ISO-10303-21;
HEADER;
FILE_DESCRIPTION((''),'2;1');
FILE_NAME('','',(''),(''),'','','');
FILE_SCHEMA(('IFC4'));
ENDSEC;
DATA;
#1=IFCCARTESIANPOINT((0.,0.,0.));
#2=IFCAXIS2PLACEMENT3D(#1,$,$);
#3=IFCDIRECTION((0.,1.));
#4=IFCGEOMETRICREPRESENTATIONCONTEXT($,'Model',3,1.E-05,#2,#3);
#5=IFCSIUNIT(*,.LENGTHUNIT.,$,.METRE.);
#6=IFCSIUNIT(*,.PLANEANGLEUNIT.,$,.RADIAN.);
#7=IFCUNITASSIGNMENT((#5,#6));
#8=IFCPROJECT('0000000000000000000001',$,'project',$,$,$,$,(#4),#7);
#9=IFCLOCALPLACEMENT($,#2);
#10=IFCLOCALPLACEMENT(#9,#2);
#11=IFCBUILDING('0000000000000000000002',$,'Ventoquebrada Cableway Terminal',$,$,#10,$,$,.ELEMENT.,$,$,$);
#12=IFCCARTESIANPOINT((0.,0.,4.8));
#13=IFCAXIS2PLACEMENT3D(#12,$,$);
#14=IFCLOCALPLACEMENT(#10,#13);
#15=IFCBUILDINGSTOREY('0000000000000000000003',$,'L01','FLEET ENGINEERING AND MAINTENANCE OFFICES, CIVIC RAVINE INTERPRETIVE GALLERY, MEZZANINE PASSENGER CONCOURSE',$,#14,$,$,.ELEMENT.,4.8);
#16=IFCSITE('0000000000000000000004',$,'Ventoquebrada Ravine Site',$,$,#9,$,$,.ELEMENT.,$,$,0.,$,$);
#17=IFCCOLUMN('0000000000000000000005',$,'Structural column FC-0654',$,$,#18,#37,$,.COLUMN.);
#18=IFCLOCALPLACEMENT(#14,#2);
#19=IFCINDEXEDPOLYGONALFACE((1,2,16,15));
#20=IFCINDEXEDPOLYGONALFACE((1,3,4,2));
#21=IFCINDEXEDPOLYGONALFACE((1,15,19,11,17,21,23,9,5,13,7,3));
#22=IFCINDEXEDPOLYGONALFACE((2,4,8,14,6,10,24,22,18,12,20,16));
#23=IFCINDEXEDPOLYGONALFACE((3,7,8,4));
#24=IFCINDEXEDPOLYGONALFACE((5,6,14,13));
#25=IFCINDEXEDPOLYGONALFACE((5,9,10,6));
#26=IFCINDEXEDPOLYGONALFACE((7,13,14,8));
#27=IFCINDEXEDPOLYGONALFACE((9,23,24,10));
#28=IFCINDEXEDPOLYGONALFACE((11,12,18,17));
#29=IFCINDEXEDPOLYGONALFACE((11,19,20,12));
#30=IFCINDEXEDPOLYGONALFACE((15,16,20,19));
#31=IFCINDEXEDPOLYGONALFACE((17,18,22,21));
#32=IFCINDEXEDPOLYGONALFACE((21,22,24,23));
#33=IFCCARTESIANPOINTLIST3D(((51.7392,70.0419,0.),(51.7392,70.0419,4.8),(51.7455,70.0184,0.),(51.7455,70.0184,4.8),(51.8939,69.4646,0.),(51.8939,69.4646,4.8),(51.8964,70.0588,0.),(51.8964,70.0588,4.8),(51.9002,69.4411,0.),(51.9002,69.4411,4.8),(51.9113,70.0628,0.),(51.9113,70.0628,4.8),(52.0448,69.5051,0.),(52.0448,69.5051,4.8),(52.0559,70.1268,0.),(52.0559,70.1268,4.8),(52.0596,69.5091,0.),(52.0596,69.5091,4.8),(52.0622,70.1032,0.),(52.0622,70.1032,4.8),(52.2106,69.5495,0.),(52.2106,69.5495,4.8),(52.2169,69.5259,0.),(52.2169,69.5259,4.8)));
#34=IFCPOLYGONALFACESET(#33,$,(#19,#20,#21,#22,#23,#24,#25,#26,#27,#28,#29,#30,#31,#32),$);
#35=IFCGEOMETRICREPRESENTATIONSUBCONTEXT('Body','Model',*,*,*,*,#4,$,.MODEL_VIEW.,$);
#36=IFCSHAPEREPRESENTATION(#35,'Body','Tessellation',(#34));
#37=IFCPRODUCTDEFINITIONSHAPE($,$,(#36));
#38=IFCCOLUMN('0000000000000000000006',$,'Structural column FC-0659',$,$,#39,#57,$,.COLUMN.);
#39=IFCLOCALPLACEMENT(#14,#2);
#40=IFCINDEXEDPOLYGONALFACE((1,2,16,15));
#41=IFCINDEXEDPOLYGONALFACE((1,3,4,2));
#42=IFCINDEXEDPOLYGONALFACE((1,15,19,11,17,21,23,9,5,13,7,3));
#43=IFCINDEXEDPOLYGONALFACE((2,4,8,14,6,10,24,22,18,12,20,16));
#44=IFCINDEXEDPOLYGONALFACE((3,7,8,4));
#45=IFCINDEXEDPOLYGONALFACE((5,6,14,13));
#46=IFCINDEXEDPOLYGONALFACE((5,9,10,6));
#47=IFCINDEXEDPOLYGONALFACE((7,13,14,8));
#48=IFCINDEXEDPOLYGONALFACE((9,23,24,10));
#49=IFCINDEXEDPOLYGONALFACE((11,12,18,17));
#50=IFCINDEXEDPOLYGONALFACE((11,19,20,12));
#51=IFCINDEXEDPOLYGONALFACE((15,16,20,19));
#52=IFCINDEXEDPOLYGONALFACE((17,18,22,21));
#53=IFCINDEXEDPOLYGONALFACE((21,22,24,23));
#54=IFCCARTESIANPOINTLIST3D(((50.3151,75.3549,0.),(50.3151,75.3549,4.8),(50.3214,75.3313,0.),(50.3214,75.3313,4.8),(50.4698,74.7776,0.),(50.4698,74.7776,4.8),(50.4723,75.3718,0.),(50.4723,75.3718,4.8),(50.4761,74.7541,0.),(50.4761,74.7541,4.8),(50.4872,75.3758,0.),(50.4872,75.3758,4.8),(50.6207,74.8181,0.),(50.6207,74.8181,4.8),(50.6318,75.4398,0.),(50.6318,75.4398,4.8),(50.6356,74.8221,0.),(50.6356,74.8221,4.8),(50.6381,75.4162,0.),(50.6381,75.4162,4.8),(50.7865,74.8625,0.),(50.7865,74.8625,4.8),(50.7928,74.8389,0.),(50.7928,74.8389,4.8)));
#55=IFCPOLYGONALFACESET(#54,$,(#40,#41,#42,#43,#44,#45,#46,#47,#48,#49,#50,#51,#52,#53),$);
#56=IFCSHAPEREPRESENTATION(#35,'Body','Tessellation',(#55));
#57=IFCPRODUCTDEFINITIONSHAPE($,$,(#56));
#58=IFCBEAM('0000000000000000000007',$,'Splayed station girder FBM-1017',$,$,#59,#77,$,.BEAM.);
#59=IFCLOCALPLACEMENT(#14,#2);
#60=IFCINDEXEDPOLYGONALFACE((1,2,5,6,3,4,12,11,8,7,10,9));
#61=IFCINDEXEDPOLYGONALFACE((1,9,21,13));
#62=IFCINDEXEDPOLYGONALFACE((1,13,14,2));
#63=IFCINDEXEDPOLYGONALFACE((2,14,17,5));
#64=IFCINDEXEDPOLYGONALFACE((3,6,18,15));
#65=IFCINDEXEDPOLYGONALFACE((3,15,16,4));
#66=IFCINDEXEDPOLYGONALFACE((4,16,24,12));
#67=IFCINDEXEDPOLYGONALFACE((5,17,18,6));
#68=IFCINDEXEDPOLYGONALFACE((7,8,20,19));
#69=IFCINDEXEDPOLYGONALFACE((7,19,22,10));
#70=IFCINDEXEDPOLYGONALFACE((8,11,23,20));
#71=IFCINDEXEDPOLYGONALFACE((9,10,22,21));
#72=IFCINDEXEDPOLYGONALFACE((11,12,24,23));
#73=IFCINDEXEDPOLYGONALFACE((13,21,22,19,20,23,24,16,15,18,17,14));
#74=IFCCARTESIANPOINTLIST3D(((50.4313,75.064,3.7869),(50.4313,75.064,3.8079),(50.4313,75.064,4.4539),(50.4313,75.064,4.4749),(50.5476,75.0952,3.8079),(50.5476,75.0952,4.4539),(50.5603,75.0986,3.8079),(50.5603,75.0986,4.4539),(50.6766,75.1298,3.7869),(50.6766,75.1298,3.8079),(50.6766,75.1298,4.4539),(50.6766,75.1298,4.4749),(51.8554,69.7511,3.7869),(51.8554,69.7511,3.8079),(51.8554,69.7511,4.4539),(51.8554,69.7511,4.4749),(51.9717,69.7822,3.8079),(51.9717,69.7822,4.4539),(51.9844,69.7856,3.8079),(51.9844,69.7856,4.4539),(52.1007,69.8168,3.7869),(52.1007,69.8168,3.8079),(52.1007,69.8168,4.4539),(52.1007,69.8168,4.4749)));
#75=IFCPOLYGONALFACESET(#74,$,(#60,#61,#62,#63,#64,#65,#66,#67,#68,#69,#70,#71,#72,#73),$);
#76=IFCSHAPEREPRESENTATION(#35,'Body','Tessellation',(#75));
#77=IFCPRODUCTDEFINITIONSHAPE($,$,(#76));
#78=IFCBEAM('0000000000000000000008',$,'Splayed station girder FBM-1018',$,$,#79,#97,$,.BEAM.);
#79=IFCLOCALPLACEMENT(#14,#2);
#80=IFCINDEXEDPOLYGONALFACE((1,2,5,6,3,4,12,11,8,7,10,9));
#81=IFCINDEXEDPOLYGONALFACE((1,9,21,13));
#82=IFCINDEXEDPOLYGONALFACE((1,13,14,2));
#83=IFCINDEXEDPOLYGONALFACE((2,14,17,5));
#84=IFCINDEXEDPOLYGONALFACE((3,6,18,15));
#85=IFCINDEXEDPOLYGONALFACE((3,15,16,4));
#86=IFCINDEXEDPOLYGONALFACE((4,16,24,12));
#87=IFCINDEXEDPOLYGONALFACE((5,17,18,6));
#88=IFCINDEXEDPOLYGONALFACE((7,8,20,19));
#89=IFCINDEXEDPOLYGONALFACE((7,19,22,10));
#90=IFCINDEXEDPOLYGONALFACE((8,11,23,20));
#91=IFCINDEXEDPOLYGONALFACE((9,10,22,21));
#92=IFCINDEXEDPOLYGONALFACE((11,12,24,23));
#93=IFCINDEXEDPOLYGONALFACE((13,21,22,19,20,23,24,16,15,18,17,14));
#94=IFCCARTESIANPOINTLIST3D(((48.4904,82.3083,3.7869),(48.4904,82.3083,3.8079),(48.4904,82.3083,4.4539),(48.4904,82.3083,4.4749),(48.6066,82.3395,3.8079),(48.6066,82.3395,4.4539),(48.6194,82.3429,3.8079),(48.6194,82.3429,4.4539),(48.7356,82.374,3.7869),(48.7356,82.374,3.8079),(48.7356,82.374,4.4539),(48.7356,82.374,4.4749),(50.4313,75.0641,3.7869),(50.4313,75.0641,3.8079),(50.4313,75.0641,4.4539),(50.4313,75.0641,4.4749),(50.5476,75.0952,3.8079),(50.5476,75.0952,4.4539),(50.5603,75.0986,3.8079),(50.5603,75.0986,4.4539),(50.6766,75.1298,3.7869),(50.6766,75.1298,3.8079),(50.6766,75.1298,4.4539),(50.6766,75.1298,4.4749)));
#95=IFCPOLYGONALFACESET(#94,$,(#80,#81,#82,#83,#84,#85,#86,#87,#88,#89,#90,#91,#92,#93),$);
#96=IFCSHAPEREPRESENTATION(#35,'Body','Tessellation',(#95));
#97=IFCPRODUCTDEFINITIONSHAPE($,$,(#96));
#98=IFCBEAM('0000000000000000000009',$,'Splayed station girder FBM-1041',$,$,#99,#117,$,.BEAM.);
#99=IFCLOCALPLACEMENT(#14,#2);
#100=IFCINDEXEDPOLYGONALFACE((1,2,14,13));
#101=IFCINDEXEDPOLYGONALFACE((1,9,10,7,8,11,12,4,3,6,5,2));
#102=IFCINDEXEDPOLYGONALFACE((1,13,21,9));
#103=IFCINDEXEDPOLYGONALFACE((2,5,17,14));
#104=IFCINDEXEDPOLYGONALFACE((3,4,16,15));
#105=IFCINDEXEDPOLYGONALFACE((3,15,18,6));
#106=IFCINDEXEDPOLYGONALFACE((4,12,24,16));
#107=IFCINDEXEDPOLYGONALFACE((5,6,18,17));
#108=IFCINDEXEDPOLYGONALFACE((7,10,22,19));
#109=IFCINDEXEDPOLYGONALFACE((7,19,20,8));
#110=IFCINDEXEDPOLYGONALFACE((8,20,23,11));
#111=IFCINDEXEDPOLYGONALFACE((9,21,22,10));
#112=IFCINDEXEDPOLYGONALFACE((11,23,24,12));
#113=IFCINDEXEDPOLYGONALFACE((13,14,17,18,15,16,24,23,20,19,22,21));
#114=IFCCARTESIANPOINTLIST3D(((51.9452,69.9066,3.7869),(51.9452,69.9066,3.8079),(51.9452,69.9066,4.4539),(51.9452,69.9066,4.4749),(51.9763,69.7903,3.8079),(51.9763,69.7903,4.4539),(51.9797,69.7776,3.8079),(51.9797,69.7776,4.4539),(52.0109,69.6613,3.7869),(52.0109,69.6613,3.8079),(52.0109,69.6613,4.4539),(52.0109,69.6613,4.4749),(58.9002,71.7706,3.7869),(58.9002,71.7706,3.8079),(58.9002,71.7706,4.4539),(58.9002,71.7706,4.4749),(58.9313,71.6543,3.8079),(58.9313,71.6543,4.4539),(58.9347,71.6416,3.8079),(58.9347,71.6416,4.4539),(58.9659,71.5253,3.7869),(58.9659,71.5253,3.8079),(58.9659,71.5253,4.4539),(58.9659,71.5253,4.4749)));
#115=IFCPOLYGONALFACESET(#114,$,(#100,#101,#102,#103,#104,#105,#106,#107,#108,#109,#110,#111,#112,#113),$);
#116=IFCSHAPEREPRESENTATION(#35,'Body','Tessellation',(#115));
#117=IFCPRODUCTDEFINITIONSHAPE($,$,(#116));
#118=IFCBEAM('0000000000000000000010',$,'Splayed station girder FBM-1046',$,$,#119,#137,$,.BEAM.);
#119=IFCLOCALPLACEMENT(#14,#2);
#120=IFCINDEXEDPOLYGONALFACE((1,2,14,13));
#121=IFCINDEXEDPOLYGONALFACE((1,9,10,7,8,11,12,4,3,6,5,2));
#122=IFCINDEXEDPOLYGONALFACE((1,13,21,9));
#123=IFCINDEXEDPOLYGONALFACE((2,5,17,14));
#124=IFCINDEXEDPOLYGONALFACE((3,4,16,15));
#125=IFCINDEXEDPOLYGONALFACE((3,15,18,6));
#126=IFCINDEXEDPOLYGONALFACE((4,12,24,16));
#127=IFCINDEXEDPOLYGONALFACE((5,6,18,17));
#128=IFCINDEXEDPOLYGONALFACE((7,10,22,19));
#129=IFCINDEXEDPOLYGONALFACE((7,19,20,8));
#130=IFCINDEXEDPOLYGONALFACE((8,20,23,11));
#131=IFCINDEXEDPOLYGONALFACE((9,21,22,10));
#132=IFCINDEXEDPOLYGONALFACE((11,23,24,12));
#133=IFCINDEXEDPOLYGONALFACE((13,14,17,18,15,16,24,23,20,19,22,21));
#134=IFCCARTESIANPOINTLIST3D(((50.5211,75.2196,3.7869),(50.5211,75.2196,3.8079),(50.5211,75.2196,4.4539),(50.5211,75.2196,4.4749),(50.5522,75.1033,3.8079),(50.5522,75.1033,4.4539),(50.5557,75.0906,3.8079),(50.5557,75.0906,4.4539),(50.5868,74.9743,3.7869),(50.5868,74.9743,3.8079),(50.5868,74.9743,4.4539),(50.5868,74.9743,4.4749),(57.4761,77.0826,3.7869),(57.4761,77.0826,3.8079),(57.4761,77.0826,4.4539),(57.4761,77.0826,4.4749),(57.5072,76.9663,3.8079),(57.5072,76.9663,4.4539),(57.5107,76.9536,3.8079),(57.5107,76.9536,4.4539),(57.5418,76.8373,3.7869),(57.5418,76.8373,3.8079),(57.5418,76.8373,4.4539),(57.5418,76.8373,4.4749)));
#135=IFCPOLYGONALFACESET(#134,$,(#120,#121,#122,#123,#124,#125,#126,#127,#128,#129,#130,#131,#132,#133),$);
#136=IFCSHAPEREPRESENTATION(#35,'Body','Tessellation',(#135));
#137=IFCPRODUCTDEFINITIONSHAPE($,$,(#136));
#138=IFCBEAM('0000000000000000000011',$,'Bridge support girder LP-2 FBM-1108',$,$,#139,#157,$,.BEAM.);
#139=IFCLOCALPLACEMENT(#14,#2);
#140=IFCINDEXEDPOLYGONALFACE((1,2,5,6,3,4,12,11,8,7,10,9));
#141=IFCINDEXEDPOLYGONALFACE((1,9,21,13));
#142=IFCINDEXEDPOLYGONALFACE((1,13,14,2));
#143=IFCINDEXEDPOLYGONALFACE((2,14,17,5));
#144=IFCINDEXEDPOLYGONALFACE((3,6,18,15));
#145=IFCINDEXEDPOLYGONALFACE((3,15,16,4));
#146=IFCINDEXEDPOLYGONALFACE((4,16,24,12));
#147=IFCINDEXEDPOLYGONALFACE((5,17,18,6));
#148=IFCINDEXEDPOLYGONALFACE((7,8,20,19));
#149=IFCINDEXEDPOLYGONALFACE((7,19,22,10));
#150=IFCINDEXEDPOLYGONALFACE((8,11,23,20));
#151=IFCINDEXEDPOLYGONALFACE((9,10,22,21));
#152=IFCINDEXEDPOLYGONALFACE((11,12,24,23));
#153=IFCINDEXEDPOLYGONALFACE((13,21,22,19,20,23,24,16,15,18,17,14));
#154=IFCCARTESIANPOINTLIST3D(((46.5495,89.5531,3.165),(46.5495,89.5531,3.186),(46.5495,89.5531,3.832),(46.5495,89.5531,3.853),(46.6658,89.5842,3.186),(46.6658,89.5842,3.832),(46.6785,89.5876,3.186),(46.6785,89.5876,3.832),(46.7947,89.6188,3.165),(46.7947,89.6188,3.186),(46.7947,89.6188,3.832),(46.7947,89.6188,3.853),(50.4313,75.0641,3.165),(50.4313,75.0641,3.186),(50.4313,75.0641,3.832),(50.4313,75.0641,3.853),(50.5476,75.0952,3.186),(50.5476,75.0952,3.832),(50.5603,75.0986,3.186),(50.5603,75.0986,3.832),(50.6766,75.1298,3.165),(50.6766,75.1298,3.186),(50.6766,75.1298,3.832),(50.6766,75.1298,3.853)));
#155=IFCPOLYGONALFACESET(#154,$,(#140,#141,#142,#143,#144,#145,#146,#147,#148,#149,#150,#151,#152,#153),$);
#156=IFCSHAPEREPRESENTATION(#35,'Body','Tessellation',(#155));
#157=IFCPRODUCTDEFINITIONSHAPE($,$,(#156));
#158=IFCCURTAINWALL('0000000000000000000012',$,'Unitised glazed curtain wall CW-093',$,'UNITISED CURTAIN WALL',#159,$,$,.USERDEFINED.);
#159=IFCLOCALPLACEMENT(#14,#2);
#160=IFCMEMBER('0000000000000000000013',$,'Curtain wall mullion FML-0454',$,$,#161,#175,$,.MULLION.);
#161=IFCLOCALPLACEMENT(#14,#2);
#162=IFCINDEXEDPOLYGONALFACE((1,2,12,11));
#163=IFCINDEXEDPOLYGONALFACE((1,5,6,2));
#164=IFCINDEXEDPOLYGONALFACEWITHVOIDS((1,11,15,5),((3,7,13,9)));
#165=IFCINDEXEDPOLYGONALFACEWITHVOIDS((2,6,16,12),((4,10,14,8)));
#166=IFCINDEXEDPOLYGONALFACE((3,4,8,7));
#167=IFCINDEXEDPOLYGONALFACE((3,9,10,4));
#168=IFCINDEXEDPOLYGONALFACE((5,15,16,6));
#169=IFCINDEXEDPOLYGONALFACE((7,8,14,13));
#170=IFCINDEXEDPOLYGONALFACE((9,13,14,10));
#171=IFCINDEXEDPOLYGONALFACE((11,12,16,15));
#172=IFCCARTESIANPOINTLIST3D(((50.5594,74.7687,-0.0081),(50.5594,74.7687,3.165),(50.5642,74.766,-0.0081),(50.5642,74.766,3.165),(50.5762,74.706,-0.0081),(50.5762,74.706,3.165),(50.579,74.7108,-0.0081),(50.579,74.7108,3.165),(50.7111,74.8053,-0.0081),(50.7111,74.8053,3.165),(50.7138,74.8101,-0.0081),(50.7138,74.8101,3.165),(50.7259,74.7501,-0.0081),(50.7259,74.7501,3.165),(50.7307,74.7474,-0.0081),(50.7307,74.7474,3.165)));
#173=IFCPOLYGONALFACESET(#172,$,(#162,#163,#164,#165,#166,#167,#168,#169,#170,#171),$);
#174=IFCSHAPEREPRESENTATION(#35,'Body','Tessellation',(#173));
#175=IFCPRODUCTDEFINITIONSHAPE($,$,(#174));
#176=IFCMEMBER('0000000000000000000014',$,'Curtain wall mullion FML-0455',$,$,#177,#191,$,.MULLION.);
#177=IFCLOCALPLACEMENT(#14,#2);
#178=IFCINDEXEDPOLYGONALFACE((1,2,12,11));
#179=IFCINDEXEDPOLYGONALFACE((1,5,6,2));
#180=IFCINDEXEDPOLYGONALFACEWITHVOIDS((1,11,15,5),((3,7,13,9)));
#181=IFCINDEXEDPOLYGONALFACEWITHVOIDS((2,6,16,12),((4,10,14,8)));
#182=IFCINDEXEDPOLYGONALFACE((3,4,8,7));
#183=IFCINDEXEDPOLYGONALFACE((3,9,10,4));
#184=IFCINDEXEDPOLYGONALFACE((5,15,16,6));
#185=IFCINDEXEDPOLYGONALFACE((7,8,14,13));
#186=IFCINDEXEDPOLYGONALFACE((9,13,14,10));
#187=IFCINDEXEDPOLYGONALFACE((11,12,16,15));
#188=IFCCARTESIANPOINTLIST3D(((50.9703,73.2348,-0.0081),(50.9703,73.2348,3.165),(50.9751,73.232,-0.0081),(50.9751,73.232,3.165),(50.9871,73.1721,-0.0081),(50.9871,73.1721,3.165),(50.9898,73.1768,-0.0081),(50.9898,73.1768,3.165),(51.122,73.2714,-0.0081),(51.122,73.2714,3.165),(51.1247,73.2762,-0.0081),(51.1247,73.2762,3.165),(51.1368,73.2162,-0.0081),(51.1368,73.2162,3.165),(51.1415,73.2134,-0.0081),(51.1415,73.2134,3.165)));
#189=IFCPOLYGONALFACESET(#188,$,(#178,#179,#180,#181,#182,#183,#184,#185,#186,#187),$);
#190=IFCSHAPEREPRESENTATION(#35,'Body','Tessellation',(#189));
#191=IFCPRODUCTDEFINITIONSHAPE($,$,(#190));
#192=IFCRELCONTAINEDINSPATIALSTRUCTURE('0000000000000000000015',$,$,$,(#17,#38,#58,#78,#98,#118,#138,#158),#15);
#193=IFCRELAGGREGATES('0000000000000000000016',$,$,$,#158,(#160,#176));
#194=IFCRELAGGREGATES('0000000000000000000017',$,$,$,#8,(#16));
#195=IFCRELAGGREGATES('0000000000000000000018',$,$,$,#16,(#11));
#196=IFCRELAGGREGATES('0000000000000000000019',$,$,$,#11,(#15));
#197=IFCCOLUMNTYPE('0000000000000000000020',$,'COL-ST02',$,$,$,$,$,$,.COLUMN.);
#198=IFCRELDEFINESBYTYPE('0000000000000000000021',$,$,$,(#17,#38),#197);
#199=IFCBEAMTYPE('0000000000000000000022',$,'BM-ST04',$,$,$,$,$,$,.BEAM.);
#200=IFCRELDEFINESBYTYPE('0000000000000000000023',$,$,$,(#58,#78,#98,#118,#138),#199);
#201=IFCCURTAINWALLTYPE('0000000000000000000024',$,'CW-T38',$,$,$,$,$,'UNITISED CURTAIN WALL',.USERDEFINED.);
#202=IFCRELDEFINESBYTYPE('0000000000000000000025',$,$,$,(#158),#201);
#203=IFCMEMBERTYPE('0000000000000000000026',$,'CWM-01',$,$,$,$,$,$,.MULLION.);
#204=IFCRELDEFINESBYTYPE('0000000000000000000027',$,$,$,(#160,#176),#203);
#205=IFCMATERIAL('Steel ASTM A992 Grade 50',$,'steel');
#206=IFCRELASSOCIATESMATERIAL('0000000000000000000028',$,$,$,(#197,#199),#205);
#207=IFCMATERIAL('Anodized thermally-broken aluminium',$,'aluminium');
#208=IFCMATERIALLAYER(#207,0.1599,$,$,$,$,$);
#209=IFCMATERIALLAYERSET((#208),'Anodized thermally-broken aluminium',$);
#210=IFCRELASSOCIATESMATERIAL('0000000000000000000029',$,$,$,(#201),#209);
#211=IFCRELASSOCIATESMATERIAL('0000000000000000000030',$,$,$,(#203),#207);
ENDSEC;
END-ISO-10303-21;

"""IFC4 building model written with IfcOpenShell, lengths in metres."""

from ifc_helpers import new_model, si_unit, direction, frame, origin, origin_2d, place, context, subcontext, project, spatial, hollow_rectangle, i_section, extrude, material, layer, layer_set, material_profile, profile_set, type_object, element, aggregate, save


model = new_model("IFC4")

# Units and contexts
model_context = context("Model", 3, precision=1e-05, world=origin(), true_north=direction((0.0, 1.0)))
body_context = subcontext(model_context, "Body", "Model", "MODEL_VIEW")
ifc_project = project(units=[si_unit("LENGTHUNIT", "METRE"), si_unit("PLANEANGLEUNIT", "RADIAN")], contexts=[model_context])

# Site, building, storey
site_placement = place(None, origin())
site = spatial("IfcSite", under=ifc_project, at=site_placement, Name="Ventoquebrada Ravine Site", CompositionType="ELEMENT", RefElevation=0.0)
building_placement = place(site_placement, origin())
building = spatial("IfcBuilding", under=site, at=building_placement, Name="Ventoquebrada Cableway Terminal", CompositionType="ELEMENT")
storey_placement = place(building_placement, frame((0.0, 0.0, 4.8)))
storey = spatial("IfcBuildingStorey", under=building, at=storey_placement, Name="L01", Description="FLEET ENGINEERING AND MAINTENANCE OFFICES, CIVIC RAVINE INTERPRETIVE GALLERY, MEZZANINE PASSENGER CONCOURSE", CompositionType="ELEMENT", Elevation=4.8)

# Columns
ifc_material_1 = material(Name="Steel ASTM A992 Grade 50", Category="steel")
ifc_material_profile_1 = material_profile(ifc_material_1, i_section(OverallWidth=0.3279, OverallDepth=0.6221, WebThickness=0.0154, FlangeThickness=0.0244, at=origin_2d()), Name="W24X131")
ifc_profile_set_1 = profile_set([ifc_material_profile_1], Name="Steel ASTM A992 Grade 50")
column_type = type_object("IfcColumnType", Name="COL-ST02", PredefinedType="COLUMN", material=ifc_profile_set_1)
for number, where, z_axis, x_axis, name in (
    (1, (51.978, 69.7839, 0.0), (0.0, 0.0, 1.0), (0.965926, 0.258819, 0.0), "Structural column FC-0654"),
    (2, (50.554, 75.0969, 0.0), (0.0, 0.0, 1.0), (0.965926, 0.258819, 0.0), "Structural column FC-0659"),
):
    element("IfcColumn", number, at=place(storey_placement, frame(where, z_axis=z_axis, x_axis=x_axis)), inside=storey, type_object=column_type, Name=name, PredefinedType="COLUMN", context=body_context, shape_type="SweptSolid", body=[
        extrude(i_section(OverallWidth=0.3279, OverallDepth=0.6221, WebThickness=0.0154, FlangeThickness=0.0244, at=origin_2d()), origin(), (0.0, 0.0, 1.0), 4.8),
    ])

# Beams
ifc_material_profile_2 = material_profile(ifc_material_1, i_section(OverallWidth=0.2539, OverallDepth=0.688, WebThickness=0.0132, FlangeThickness=0.021, at=origin_2d()), Name="W27X102")
ifc_profile_set_2 = profile_set([ifc_material_profile_2], Name="Steel ASTM A992 Grade 50")
beam_type = type_object("IfcBeamType", Name="BM-ST04", PredefinedType="BEAM", material=ifc_profile_set_2)
beam_1_placement = place(storey_placement, frame((51.978, 69.7839, 4.1309), z_axis=(-0.258897, 0.965905, 0.0), x_axis=(-0.965905, -0.258897, 0.0)))
element("IfcBeam", 3, at=beam_1_placement, inside=storey, type_object=beam_type, Name="Splayed station girder FBM-1017", PredefinedType="BEAM", context=body_context, shape_type="SweptSolid", body=[
    extrude(i_section(OverallWidth=0.2539, OverallDepth=0.688, WebThickness=0.0132, FlangeThickness=0.021, at=origin_2d()), origin(), (0.0, 0.0, 1.0), 5.5005),
])
beam_2_placement = place(storey_placement, frame((50.554, 75.0969, 4.1309), z_axis=(-0.258801, 0.965931, 0.0), x_axis=(-0.965931, -0.258801, 0.0)))
element("IfcBeam", 4, at=beam_2_placement, inside=storey, type_object=beam_type, Name="Splayed station girder FBM-1018", PredefinedType="BEAM", context=body_context, shape_type="SweptSolid", body=[
    extrude(i_section(OverallWidth=0.2539, OverallDepth=0.688, WebThickness=0.0132, FlangeThickness=0.021, at=origin_2d()), origin(), (0.0, 0.0, 1.0), 7.4998),
])
beam_3_placement = place(storey_placement, frame((51.978, 69.7839, 4.1309), z_axis=(0.965912, 0.258872, 0.0), x_axis=(-0.258872, 0.965912, 0.0)))
element("IfcBeam", 5, at=beam_3_placement, inside=storey, type_object=beam_type, Name="Splayed station girder FBM-1041", PredefinedType="BEAM", context=body_context, shape_type="SweptSolid", body=[
    extrude(i_section(OverallWidth=0.2539, OverallDepth=0.688, WebThickness=0.0132, FlangeThickness=0.021, at=origin_2d()), origin(), (0.0, 0.0, 1.0), 7.2004),
])
beam_4_placement = place(storey_placement, frame((50.554, 75.0969, 4.1309), z_axis=(0.965946, 0.258745, 0.0), x_axis=(-0.258745, 0.965946, 0.0)))
element("IfcBeam", 6, at=beam_4_placement, inside=storey, type_object=beam_type, Name="Splayed station girder FBM-1046", PredefinedType="BEAM", context=body_context, shape_type="SweptSolid", body=[
    extrude(i_section(OverallWidth=0.2539, OverallDepth=0.688, WebThickness=0.0132, FlangeThickness=0.021, at=origin_2d()), origin(), (0.0, 0.0, 1.0), 7.2002),
])
beam_5_placement = place(storey_placement, frame((50.554, 75.0969, 3.509), z_axis=(-0.258789, 0.965934, 0.0), x_axis=(-0.965934, -0.258789, 0.0)))
element("IfcBeam", 7, at=beam_5_placement, inside=storey, type_object=beam_type, Name="Bridge support girder LP-2 FBM-1108", PredefinedType="BEAM", context=body_context, shape_type="SweptSolid", body=[
    extrude(i_section(OverallWidth=0.2539, OverallDepth=0.688, WebThickness=0.0132, FlangeThickness=0.021, at=origin_2d()), origin(), (0.0, 0.0, 1.0), 15.0),
])

# Curtain wall, members
ifc_material_2 = material(Name="Anodized thermally-broken aluminium", Category="aluminium")
ifc_layer_1 = layer(ifc_material_2, 0.1599)
ifc_layer_set_1 = layer_set([ifc_layer_1], Name="Anodized thermally-broken aluminium")
curtain_wall_type_1 = type_object("IfcCurtainWallType", Name="CW-T38", ElementType="UNITISED CURTAIN WALL", PredefinedType="USERDEFINED", material=ifc_layer_set_1)
curtain_wall_1_placement = place(storey_placement, origin())
curtain_wall_1 = element("IfcCurtainWall", 8, at=curtain_wall_1_placement, inside=storey, type_object=curtain_wall_type_1, Name="Unitised glazed curtain wall CW-093", ObjectType="UNITISED CURTAIN WALL", PredefinedType="USERDEFINED")
ifc_material_profile_3 = material_profile(ifc_material_2, hollow_rectangle(XDim=0.0649, YDim=0.1599, WallThickness=0.0039, at=origin_2d()), Name="CW-MUL-65X160")
ifc_profile_set_3 = profile_set([ifc_material_profile_3], Name="Anodized thermally-broken aluminium")
member_type_1 = type_object("IfcMemberType", Name="CWM-01", PredefinedType="MULLION", material=ifc_profile_set_3)
member_1_placement = place(storey_placement, frame((50.645, 74.7581, -0.0081), z_axis=(0.0, 0.0, 1.0), x_axis=(0.258785, -0.965935, 0.0)))
member_1 = element("IfcMember", 9, at=member_1_placement, type_object=member_type_1, Name="Curtain wall mullion FML-0454", PredefinedType="MULLION", context=body_context, shape_type="SweptSolid", body=[
    extrude(hollow_rectangle(XDim=0.0649, YDim=0.1599, WallThickness=0.0039, at=origin_2d()), origin(), (0.0, 0.0, 1.0), 3.1731),
])
member_2_placement = place(storey_placement, frame((51.0559, 73.2241, -0.0081), z_axis=(0.0, 0.0, 1.0), x_axis=(0.258785, -0.965935, 0.0)))
member_2 = element("IfcMember", 10, at=member_2_placement, type_object=member_type_1, Name="Curtain wall mullion FML-0455", PredefinedType="MULLION", context=body_context, shape_type="SweptSolid", body=[
    extrude(hollow_rectangle(XDim=0.0649, YDim=0.1599, WallThickness=0.0039, at=origin_2d()), origin(), (0.0, 0.0, 1.0), 3.1731),
])

aggregate(curtain_wall_1, [member_1, member_2])

save(model, "model.ifc")
